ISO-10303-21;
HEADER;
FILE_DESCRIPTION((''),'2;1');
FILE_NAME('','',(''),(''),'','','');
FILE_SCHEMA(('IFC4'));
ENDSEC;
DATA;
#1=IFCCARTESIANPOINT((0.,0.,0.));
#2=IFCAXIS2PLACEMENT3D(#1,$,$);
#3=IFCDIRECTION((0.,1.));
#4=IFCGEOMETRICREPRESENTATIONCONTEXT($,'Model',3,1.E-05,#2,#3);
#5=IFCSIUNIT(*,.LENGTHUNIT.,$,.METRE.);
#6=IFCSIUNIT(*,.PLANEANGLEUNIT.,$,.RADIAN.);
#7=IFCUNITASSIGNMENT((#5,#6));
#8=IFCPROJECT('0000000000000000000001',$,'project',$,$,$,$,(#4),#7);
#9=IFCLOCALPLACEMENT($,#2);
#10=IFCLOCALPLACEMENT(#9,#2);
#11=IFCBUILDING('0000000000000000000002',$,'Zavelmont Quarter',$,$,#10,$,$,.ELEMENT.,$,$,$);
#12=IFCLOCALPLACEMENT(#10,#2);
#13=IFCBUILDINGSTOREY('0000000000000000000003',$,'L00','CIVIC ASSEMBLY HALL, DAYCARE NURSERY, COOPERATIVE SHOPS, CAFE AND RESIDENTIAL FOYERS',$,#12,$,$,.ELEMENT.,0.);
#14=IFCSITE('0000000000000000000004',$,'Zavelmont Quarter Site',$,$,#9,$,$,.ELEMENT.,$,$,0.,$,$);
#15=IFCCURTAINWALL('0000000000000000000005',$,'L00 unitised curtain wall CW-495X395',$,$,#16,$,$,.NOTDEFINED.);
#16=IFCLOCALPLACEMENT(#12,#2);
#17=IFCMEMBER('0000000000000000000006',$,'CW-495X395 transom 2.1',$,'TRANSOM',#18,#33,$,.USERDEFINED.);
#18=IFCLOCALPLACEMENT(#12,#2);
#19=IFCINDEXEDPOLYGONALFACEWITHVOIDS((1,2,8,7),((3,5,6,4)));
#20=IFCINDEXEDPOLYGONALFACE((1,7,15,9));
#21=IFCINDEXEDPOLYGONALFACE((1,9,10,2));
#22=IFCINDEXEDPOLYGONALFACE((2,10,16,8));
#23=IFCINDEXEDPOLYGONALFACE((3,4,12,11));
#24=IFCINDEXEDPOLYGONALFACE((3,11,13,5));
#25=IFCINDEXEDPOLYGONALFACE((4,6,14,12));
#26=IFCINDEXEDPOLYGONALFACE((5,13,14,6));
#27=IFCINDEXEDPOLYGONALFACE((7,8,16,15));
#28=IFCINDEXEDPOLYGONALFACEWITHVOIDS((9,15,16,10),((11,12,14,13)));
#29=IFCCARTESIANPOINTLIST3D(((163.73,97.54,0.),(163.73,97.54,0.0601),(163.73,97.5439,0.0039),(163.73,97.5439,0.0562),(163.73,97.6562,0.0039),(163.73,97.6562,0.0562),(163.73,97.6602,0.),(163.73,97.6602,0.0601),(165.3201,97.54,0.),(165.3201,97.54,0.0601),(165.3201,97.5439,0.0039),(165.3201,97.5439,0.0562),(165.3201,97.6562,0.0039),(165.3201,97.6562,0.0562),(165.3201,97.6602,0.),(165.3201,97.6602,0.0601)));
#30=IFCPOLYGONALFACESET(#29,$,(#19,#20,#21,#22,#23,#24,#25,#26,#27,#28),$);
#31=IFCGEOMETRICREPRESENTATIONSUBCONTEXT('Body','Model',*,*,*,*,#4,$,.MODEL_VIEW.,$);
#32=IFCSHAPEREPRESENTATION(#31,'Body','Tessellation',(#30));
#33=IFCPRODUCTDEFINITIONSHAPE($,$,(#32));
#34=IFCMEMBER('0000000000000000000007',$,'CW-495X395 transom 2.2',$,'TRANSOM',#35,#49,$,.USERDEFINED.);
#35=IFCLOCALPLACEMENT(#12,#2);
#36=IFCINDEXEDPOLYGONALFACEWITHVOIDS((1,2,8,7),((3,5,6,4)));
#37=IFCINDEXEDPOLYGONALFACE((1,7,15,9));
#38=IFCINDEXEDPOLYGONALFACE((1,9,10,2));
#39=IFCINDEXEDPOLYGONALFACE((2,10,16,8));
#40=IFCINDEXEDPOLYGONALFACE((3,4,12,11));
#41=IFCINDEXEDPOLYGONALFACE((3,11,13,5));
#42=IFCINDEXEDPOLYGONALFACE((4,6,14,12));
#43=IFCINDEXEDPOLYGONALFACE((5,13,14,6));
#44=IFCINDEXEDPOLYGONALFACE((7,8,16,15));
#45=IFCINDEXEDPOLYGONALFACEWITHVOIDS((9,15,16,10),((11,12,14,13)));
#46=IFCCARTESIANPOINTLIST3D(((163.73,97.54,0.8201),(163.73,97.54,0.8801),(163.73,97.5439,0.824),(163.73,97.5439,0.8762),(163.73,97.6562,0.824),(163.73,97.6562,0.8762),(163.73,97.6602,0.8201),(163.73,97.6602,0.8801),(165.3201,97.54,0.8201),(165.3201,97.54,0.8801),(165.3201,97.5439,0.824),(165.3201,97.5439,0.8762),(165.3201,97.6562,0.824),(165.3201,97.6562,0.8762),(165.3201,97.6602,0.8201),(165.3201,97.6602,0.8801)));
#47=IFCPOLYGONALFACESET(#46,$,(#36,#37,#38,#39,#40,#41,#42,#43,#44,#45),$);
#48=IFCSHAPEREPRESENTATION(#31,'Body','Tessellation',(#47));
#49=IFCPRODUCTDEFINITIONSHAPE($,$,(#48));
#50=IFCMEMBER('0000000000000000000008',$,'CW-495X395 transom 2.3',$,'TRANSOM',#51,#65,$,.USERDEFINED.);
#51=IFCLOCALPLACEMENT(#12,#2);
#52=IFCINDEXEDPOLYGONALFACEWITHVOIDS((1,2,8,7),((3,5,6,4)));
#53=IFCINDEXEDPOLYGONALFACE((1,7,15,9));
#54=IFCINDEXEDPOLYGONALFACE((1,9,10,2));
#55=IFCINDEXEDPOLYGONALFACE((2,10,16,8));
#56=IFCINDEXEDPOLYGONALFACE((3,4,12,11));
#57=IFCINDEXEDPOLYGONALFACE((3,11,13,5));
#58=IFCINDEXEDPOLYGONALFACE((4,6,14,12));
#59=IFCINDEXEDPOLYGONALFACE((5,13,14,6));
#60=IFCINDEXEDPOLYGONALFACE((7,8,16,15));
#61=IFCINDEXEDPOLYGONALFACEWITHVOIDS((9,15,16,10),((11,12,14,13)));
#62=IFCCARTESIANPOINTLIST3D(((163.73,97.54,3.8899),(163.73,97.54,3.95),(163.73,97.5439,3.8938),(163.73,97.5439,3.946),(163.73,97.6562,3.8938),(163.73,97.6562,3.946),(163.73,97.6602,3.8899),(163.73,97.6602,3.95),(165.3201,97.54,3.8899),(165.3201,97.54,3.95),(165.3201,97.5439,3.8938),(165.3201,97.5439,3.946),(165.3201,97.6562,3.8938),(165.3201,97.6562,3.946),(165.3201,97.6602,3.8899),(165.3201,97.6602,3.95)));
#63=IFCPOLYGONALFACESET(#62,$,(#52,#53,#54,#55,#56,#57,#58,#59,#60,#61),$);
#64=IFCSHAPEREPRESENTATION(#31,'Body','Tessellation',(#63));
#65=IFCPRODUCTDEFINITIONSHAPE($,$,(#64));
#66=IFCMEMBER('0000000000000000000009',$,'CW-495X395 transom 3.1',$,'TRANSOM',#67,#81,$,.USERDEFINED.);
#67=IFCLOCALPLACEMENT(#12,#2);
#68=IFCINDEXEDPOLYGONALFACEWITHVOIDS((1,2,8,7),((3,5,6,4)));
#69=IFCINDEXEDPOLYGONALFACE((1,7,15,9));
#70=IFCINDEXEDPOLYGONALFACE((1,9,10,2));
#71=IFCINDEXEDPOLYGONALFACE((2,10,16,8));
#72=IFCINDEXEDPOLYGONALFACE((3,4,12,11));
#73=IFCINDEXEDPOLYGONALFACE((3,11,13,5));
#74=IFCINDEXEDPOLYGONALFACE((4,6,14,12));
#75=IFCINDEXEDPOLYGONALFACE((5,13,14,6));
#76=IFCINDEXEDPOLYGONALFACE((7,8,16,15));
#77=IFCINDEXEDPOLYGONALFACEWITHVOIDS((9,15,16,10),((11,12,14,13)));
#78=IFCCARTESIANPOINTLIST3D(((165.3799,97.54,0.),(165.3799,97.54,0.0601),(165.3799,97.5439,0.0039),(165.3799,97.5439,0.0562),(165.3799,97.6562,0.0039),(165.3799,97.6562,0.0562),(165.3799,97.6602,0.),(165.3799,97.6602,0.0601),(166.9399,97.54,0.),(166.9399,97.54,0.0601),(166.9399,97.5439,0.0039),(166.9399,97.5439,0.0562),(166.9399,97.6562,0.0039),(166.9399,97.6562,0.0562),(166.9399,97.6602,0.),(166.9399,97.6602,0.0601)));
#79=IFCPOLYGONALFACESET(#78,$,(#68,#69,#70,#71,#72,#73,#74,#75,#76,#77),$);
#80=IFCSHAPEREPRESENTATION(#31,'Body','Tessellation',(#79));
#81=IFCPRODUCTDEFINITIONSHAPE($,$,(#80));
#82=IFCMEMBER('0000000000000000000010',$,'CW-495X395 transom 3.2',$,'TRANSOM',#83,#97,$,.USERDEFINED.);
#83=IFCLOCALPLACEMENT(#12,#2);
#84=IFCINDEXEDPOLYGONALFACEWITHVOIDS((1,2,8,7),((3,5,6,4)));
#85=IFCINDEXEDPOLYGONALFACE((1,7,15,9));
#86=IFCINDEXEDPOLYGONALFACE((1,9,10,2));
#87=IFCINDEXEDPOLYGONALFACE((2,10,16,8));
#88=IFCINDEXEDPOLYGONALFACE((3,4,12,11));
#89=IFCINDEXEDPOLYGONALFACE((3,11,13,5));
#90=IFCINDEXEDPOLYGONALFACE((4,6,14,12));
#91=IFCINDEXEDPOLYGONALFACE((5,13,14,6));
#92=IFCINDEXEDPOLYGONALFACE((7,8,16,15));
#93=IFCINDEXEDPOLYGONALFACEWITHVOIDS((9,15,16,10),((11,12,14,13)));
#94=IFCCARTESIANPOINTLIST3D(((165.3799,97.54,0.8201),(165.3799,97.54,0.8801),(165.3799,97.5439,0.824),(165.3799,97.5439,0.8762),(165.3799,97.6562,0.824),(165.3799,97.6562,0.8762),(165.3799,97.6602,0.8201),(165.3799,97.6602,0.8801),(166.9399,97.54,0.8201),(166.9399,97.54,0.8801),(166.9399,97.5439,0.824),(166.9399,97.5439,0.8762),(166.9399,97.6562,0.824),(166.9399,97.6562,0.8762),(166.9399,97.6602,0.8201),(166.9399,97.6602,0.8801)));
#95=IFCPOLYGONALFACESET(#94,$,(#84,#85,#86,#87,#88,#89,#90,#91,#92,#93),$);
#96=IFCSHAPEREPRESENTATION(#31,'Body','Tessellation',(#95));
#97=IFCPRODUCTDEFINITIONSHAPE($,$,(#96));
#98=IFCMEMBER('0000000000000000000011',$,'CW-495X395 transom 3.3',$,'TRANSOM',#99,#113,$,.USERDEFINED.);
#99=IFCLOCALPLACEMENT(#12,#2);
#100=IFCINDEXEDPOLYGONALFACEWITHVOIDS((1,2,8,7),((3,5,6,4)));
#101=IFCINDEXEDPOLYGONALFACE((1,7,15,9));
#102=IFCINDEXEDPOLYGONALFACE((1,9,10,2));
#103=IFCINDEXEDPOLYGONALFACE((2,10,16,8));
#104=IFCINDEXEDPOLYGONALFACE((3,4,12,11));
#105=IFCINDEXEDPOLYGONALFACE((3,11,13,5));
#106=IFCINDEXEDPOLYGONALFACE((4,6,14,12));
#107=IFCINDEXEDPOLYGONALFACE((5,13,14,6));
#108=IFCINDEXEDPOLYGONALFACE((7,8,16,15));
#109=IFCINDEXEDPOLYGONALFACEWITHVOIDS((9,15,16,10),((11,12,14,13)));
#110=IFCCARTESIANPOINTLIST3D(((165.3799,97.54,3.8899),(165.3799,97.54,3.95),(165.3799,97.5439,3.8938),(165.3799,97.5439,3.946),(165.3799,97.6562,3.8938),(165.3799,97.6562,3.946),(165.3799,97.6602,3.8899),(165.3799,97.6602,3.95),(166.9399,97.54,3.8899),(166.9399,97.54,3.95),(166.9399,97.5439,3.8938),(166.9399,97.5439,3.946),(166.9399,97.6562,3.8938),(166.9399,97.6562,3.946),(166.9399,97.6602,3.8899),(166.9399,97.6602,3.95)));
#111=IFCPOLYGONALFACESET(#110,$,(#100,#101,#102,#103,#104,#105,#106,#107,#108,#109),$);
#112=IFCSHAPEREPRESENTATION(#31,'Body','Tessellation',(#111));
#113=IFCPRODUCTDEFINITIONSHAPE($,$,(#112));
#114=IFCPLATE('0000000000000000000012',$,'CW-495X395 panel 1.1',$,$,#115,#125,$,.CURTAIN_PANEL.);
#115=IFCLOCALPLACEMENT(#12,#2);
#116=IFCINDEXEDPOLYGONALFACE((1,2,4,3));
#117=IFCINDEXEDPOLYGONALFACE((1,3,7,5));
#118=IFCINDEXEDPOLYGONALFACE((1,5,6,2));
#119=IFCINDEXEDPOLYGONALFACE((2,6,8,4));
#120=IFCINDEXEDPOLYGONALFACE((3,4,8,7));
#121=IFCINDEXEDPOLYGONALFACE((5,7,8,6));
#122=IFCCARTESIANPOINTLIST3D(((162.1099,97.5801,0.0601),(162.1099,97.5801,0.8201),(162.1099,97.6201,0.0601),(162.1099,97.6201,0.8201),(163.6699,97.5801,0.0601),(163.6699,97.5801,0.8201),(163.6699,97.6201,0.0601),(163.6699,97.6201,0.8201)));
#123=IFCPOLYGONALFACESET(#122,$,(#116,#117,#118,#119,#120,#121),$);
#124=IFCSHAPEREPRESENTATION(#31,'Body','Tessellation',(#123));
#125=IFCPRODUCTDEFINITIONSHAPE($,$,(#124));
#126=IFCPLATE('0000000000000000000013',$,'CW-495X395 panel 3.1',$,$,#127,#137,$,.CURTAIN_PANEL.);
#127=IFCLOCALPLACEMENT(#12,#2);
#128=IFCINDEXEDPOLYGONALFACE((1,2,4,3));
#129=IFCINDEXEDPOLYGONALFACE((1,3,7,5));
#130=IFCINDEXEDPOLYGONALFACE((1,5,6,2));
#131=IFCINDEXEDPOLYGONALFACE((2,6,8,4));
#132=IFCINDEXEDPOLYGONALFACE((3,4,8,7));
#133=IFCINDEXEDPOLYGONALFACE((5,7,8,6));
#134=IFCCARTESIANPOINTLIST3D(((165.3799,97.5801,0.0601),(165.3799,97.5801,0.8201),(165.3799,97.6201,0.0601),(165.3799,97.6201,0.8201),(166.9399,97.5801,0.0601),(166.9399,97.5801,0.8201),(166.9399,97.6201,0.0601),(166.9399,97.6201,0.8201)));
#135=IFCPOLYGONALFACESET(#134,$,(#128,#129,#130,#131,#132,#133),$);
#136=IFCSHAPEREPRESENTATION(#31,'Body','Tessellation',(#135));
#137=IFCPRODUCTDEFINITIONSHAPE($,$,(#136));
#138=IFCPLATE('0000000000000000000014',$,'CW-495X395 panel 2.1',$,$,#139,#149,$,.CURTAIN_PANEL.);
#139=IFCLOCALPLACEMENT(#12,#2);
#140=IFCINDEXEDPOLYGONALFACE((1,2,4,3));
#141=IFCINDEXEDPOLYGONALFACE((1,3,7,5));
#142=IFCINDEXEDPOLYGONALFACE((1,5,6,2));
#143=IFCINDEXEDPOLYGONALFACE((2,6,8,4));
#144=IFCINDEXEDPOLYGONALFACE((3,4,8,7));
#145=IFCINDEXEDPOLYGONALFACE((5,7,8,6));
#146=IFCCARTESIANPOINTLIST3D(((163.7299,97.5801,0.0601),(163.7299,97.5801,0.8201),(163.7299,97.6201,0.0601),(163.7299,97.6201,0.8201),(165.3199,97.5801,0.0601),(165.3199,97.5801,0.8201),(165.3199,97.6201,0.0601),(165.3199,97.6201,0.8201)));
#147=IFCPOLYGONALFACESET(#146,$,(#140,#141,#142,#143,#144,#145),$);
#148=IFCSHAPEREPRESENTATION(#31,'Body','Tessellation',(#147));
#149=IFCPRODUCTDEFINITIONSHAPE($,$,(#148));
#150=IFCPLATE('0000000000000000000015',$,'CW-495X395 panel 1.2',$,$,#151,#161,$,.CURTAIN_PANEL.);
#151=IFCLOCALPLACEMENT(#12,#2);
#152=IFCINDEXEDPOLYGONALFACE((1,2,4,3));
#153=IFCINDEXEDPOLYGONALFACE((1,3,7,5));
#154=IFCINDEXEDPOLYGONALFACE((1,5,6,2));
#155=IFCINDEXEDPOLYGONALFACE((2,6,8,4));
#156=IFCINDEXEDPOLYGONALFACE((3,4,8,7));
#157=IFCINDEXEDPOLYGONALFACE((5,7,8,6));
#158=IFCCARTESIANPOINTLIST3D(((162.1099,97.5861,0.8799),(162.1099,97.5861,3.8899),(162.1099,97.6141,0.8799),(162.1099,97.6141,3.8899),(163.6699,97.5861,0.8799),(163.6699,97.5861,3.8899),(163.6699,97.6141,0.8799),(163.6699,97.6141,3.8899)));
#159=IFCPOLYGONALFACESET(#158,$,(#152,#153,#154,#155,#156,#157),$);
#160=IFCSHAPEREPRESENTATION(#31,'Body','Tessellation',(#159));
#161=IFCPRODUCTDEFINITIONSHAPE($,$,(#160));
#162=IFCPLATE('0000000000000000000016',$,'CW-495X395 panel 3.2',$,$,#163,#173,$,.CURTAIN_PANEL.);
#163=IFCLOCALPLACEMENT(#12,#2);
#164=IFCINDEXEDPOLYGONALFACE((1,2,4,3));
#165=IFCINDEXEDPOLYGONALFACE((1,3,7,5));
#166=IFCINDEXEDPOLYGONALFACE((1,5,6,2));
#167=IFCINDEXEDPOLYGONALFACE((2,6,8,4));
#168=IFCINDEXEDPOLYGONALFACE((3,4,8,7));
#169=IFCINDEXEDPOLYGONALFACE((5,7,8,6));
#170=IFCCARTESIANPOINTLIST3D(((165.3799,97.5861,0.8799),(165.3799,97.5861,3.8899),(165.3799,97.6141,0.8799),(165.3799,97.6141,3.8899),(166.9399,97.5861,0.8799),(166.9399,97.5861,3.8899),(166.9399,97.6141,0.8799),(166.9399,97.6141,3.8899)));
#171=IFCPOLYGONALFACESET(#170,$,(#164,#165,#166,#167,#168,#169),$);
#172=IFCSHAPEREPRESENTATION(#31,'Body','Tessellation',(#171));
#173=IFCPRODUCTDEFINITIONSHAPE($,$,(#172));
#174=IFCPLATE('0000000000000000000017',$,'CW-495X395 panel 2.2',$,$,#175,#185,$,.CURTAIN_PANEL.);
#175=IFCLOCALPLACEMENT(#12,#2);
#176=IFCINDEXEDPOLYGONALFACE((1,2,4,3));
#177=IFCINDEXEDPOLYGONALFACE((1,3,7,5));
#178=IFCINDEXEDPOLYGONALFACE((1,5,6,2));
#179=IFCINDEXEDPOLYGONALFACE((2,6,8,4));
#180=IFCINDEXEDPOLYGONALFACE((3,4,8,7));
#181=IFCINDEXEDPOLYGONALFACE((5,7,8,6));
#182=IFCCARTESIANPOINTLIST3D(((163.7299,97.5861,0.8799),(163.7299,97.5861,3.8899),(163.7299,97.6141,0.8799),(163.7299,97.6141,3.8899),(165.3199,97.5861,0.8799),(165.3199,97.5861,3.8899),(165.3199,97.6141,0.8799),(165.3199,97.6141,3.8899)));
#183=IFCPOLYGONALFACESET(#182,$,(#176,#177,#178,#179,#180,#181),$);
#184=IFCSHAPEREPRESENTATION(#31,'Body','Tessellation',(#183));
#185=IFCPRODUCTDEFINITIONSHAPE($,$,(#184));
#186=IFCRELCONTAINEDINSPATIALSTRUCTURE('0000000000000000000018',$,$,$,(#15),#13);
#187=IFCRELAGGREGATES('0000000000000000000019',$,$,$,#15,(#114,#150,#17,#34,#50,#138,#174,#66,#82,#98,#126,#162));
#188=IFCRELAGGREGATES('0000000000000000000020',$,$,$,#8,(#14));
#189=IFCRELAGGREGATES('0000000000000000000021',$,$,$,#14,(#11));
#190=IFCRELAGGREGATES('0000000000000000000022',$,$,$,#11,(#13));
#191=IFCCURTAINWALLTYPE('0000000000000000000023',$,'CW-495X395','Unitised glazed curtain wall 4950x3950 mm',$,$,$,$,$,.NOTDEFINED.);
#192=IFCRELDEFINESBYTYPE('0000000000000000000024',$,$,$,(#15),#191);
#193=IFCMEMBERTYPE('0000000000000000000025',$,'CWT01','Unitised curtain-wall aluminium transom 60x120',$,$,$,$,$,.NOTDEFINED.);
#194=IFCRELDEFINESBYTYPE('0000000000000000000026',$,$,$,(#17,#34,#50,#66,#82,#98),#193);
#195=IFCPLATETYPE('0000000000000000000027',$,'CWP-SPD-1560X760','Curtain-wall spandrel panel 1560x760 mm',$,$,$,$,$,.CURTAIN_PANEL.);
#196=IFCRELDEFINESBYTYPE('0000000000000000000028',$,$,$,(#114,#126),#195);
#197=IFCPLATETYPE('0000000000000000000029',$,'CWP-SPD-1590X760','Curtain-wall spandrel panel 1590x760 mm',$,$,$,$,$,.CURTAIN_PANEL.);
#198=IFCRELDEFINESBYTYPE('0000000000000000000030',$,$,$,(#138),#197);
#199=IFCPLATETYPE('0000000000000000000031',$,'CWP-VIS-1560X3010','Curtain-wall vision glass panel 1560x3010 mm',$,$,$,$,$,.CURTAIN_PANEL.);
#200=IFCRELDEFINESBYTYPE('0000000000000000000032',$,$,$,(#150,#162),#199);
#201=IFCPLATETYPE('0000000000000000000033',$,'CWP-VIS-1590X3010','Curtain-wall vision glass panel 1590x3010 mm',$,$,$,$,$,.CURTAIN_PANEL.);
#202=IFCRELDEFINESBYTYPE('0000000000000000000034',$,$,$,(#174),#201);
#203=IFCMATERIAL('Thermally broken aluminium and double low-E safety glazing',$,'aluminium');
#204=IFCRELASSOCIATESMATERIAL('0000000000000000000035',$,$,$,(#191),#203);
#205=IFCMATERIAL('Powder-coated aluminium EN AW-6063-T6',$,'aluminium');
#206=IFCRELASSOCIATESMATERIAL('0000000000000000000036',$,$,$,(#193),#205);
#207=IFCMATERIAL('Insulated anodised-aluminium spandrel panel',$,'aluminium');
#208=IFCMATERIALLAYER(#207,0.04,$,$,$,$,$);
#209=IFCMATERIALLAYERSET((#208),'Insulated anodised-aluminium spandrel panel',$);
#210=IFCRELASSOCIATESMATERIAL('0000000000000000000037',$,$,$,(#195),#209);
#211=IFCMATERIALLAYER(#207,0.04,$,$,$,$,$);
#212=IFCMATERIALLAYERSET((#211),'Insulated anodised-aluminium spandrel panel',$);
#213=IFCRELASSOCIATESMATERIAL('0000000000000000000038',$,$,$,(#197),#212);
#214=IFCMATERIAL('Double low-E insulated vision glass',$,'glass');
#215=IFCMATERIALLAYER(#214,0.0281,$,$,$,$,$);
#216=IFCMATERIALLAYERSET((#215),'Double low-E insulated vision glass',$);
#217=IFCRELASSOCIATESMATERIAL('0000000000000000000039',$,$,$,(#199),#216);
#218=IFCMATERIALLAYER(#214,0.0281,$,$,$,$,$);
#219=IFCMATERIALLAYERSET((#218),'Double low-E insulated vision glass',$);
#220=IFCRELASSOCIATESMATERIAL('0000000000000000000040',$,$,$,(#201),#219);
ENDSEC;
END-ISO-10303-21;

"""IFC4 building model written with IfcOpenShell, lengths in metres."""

from ifc_helpers import new_model, si_unit, direction, frame, origin, origin_2d, place, context, subcontext, project, spatial, rectangle, hollow_rectangle, extrude, material, layer, layer_set, material_profile, profile_set, type_object, element, aggregate, save


model = new_model("IFC4")

# Units and contexts
model_context = context("Model", 3, precision=1e-05, world=origin(), true_north=direction((0.0, 1.0)))
body_context = subcontext(model_context, "Body", "Model", "MODEL_VIEW")
ifc_project = project(units=[si_unit("LENGTHUNIT", "METRE"), si_unit("PLANEANGLEUNIT", "RADIAN")], contexts=[model_context])

# Site, building, storey
site_placement = place(None, origin())
site = spatial("IfcSite", under=ifc_project, at=site_placement, Name="Zavelmont Quarter Site", CompositionType="ELEMENT", RefElevation=0.0)
building_placement = place(site_placement, origin())
building = spatial("IfcBuilding", under=site, at=building_placement, Name="Zavelmont Quarter", CompositionType="ELEMENT")
storey_placement = place(building_placement, origin())
storey = spatial("IfcBuildingStorey", under=building, at=storey_placement, Name="L00", Description="CIVIC ASSEMBLY HALL, DAYCARE NURSERY, COOPERATIVE SHOPS, CAFE AND RESIDENTIAL FOYERS", CompositionType="ELEMENT", Elevation=0.0)

# Curtain wall, members, plates
ifc_material_1 = material(Name="Thermally broken aluminium and double low-E safety glazing", Category="aluminium")
curtain_wall_type = type_object("IfcCurtainWallType", Name="CW-495X395", Description="Unitised glazed curtain wall 4950x3950 mm", PredefinedType="NOTDEFINED", material=ifc_material_1)
curtain_wall_placement = place(storey_placement, origin())
curtain_wall = element("IfcCurtainWall", 1, at=curtain_wall_placement, inside=storey, type_object=curtain_wall_type, Name="L00 unitised curtain wall CW-495X395", PredefinedType="NOTDEFINED")
ifc_material_2 = material(Name="Powder-coated aluminium EN AW-6063-T6", Category="aluminium")
ifc_material_profile_1 = material_profile(ifc_material_2, hollow_rectangle(XDim=0.1201, YDim=0.0601, WallThickness=0.0039, at=origin_2d()), Name="CWT60X120")
ifc_profile_set_1 = profile_set([ifc_material_profile_1], Name="Powder-coated aluminium EN AW-6063-T6")
member_type_1 = type_object("IfcMemberType", Name="CWT01", Description="Unitised curtain-wall aluminium transom 60x120", PredefinedType="NOTDEFINED", material=ifc_profile_set_1)
member_1_placement = place(storey_placement, frame((163.73, 97.6001, 0.03), z_axis=(1.0, 0.0, 0.0), x_axis=(0.0, 1.0, 0.0)))
member_1 = element("IfcMember", 2, at=member_1_placement, type_object=member_type_1, Name="CW-495X395 transom 2.1", ObjectType="TRANSOM", PredefinedType="USERDEFINED", context=body_context, shape_type="SweptSolid", body=[
    extrude(hollow_rectangle(XDim=0.1201, YDim=0.0601, WallThickness=0.0039, at=origin_2d()), origin(), (0.0, 0.0, 1.0), 1.5901),
])
member_2_placement = place(storey_placement, frame((163.73, 97.6001, 0.8501), z_axis=(1.0, 0.0, 0.0), x_axis=(0.0, 1.0, 0.0)))
member_2 = element("IfcMember", 3, at=member_2_placement, type_object=member_type_1, Name="CW-495X395 transom 2.2", ObjectType="TRANSOM", PredefinedType="USERDEFINED", context=body_context, shape_type="SweptSolid", body=[
    extrude(hollow_rectangle(XDim=0.1201, YDim=0.0601, WallThickness=0.0039, at=origin_2d()), origin(), (0.0, 0.0, 1.0), 1.5901),
])
member_3_placement = place(storey_placement, frame((163.73, 97.6001, 3.9199), z_axis=(1.0, 0.0, 0.0), x_axis=(0.0, 1.0, 0.0)))
member_3 = element("IfcMember", 4, at=member_3_placement, type_object=member_type_1, Name="CW-495X395 transom 2.3", ObjectType="TRANSOM", PredefinedType="USERDEFINED", context=body_context, shape_type="SweptSolid", body=[
    extrude(hollow_rectangle(XDim=0.1201, YDim=0.0601, WallThickness=0.0039, at=origin_2d()), origin(), (0.0, 0.0, 1.0), 1.5901),
])
member_4_placement = place(storey_placement, frame((165.3799, 97.6001, 0.03), z_axis=(1.0, 0.0, 0.0), x_axis=(0.0, 1.0, 0.0)))
member_4 = element("IfcMember", 5, at=member_4_placement, type_object=member_type_1, Name="CW-495X395 transom 3.1", ObjectType="TRANSOM", PredefinedType="USERDEFINED", context=body_context, shape_type="SweptSolid", body=[
    extrude(hollow_rectangle(XDim=0.1201, YDim=0.0601, WallThickness=0.0039, at=origin_2d()), origin(), (0.0, 0.0, 1.0), 1.5601),
])
member_5_placement = place(storey_placement, frame((165.3799, 97.6001, 0.8501), z_axis=(1.0, 0.0, 0.0), x_axis=(0.0, 1.0, 0.0)))
member_5 = element("IfcMember", 6, at=member_5_placement, type_object=member_type_1, Name="CW-495X395 transom 3.2", ObjectType="TRANSOM", PredefinedType="USERDEFINED", context=body_context, shape_type="SweptSolid", body=[
    extrude(hollow_rectangle(XDim=0.1201, YDim=0.0601, WallThickness=0.0039, at=origin_2d()), origin(), (0.0, 0.0, 1.0), 1.5601),
])
member_6_placement = place(storey_placement, frame((165.3799, 97.6001, 3.9199), z_axis=(1.0, 0.0, 0.0), x_axis=(0.0, 1.0, 0.0)))
member_6 = element("IfcMember", 7, at=member_6_placement, type_object=member_type_1, Name="CW-495X395 transom 3.3", ObjectType="TRANSOM", PredefinedType="USERDEFINED", context=body_context, shape_type="SweptSolid", body=[
    extrude(hollow_rectangle(XDim=0.1201, YDim=0.0601, WallThickness=0.0039, at=origin_2d()), origin(), (0.0, 0.0, 1.0), 1.5601),
])
ifc_material_3 = material(Name="Insulated anodised-aluminium spandrel panel", Category="aluminium")
ifc_layer_1 = layer(ifc_material_3, 0.04)
ifc_layer_set_1 = layer_set([ifc_layer_1], Name="Insulated anodised-aluminium spandrel panel")
plate_type_1 = type_object("IfcPlateType", Name="CWP-SPD-1560X760", Description="Curtain-wall spandrel panel 1560x760 mm", PredefinedType="CURTAIN_PANEL", material=ifc_layer_set_1)
plate_1_placement = place(storey_placement, frame((162.8899, 97.6001, 0.0601), z_axis=(0.0, 0.0, 1.0), x_axis=(1.0, 0.0, 0.0)))
plate_1 = element("IfcPlate", 8, at=plate_1_placement, type_object=plate_type_1, Name="CW-495X395 panel 1.1", PredefinedType="CURTAIN_PANEL", context=body_context, shape_type="SweptSolid", body=[
    extrude(rectangle(XDim=1.5601, YDim=0.04, at=origin_2d()), origin(), (0.0, 0.0, 1.0), 0.76),
])
plate_2_placement = place(storey_placement, frame((166.1599, 97.6001, 0.0601), z_axis=(0.0, 0.0, 1.0), x_axis=(1.0, 0.0, 0.0)))
plate_2 = element("IfcPlate", 9, at=plate_2_placement, type_object=plate_type_1, Name="CW-495X395 panel 3.1", PredefinedType="CURTAIN_PANEL", context=body_context, shape_type="SweptSolid", body=[
    extrude(rectangle(XDim=1.5601, YDim=0.04, at=origin_2d()), origin(), (0.0, 0.0, 1.0), 0.76),
])
ifc_layer_2 = layer(ifc_material_3, 0.04)
ifc_layer_set_2 = layer_set([ifc_layer_2], Name="Insulated anodised-aluminium spandrel panel")
plate_type_2 = type_object("IfcPlateType", Name="CWP-SPD-1590X760", Description="Curtain-wall spandrel panel 1590x760 mm", PredefinedType="CURTAIN_PANEL", material=ifc_layer_set_2)
plate_3_placement = place(storey_placement, frame((164.5249, 97.6001, 0.0601), z_axis=(0.0, 0.0, 1.0), x_axis=(1.0, 0.0, 0.0)))
plate_3 = element("IfcPlate", 10, at=plate_3_placement, type_object=plate_type_2, Name="CW-495X395 panel 2.1", PredefinedType="CURTAIN_PANEL", context=body_context, shape_type="SweptSolid", body=[
    extrude(rectangle(XDim=1.5901, YDim=0.04, at=origin_2d()), origin(), (0.0, 0.0, 1.0), 0.76),
])
ifc_material_4 = material(Name="Double low-E insulated vision glass", Category="glass")
ifc_layer_3 = layer(ifc_material_4, 0.0281)
ifc_layer_set_3 = layer_set([ifc_layer_3], Name="Double low-E insulated vision glass")
plate_type_3 = type_object("IfcPlateType", Name="CWP-VIS-1560X3010", Description="Curtain-wall vision glass panel 1560x3010 mm", PredefinedType="CURTAIN_PANEL", material=ifc_layer_set_3)
plate_4_placement = place(storey_placement, frame((162.8899, 97.6001, 0.8799), z_axis=(0.0, 0.0, 1.0), x_axis=(1.0, 0.0, 0.0)))
plate_4 = element("IfcPlate", 11, at=plate_4_placement, type_object=plate_type_3, Name="CW-495X395 panel 1.2", PredefinedType="CURTAIN_PANEL", context=body_context, shape_type="SweptSolid", body=[
    extrude(rectangle(XDim=1.5601, YDim=0.0281, at=origin_2d()), origin(), (0.0, 0.0, 1.0), 3.01),
])
plate_5_placement = place(storey_placement, frame((166.1599, 97.6001, 0.8799), z_axis=(0.0, 0.0, 1.0), x_axis=(1.0, 0.0, 0.0)))
plate_5 = element("IfcPlate", 12, at=plate_5_placement, type_object=plate_type_3, Name="CW-495X395 panel 3.2", PredefinedType="CURTAIN_PANEL", context=body_context, shape_type="SweptSolid", body=[
    extrude(rectangle(XDim=1.5601, YDim=0.0281, at=origin_2d()), origin(), (0.0, 0.0, 1.0), 3.01),
])
ifc_layer_4 = layer(ifc_material_4, 0.0281)
ifc_layer_set_4 = layer_set([ifc_layer_4], Name="Double low-E insulated vision glass")
plate_type_4 = type_object("IfcPlateType", Name="CWP-VIS-1590X3010", Description="Curtain-wall vision glass panel 1590x3010 mm", PredefinedType="CURTAIN_PANEL", material=ifc_layer_set_4)
plate_6_placement = place(storey_placement, frame((164.5249, 97.6001, 0.8799), z_axis=(0.0, 0.0, 1.0), x_axis=(1.0, 0.0, 0.0)))
plate_6 = element("IfcPlate", 13, at=plate_6_placement, type_object=plate_type_4, Name="CW-495X395 panel 2.2", PredefinedType="CURTAIN_PANEL", context=body_context, shape_type="SweptSolid", body=[
    extrude(rectangle(XDim=1.5901, YDim=0.0281, at=origin_2d()), origin(), (0.0, 0.0, 1.0), 3.01),
])
aggregate(curtain_wall, [plate_1, plate_4, member_1, member_2, member_3, plate_3, plate_6, member_4, member_5, member_6, plate_2, plate_5])

save(model, "model.ifc")
